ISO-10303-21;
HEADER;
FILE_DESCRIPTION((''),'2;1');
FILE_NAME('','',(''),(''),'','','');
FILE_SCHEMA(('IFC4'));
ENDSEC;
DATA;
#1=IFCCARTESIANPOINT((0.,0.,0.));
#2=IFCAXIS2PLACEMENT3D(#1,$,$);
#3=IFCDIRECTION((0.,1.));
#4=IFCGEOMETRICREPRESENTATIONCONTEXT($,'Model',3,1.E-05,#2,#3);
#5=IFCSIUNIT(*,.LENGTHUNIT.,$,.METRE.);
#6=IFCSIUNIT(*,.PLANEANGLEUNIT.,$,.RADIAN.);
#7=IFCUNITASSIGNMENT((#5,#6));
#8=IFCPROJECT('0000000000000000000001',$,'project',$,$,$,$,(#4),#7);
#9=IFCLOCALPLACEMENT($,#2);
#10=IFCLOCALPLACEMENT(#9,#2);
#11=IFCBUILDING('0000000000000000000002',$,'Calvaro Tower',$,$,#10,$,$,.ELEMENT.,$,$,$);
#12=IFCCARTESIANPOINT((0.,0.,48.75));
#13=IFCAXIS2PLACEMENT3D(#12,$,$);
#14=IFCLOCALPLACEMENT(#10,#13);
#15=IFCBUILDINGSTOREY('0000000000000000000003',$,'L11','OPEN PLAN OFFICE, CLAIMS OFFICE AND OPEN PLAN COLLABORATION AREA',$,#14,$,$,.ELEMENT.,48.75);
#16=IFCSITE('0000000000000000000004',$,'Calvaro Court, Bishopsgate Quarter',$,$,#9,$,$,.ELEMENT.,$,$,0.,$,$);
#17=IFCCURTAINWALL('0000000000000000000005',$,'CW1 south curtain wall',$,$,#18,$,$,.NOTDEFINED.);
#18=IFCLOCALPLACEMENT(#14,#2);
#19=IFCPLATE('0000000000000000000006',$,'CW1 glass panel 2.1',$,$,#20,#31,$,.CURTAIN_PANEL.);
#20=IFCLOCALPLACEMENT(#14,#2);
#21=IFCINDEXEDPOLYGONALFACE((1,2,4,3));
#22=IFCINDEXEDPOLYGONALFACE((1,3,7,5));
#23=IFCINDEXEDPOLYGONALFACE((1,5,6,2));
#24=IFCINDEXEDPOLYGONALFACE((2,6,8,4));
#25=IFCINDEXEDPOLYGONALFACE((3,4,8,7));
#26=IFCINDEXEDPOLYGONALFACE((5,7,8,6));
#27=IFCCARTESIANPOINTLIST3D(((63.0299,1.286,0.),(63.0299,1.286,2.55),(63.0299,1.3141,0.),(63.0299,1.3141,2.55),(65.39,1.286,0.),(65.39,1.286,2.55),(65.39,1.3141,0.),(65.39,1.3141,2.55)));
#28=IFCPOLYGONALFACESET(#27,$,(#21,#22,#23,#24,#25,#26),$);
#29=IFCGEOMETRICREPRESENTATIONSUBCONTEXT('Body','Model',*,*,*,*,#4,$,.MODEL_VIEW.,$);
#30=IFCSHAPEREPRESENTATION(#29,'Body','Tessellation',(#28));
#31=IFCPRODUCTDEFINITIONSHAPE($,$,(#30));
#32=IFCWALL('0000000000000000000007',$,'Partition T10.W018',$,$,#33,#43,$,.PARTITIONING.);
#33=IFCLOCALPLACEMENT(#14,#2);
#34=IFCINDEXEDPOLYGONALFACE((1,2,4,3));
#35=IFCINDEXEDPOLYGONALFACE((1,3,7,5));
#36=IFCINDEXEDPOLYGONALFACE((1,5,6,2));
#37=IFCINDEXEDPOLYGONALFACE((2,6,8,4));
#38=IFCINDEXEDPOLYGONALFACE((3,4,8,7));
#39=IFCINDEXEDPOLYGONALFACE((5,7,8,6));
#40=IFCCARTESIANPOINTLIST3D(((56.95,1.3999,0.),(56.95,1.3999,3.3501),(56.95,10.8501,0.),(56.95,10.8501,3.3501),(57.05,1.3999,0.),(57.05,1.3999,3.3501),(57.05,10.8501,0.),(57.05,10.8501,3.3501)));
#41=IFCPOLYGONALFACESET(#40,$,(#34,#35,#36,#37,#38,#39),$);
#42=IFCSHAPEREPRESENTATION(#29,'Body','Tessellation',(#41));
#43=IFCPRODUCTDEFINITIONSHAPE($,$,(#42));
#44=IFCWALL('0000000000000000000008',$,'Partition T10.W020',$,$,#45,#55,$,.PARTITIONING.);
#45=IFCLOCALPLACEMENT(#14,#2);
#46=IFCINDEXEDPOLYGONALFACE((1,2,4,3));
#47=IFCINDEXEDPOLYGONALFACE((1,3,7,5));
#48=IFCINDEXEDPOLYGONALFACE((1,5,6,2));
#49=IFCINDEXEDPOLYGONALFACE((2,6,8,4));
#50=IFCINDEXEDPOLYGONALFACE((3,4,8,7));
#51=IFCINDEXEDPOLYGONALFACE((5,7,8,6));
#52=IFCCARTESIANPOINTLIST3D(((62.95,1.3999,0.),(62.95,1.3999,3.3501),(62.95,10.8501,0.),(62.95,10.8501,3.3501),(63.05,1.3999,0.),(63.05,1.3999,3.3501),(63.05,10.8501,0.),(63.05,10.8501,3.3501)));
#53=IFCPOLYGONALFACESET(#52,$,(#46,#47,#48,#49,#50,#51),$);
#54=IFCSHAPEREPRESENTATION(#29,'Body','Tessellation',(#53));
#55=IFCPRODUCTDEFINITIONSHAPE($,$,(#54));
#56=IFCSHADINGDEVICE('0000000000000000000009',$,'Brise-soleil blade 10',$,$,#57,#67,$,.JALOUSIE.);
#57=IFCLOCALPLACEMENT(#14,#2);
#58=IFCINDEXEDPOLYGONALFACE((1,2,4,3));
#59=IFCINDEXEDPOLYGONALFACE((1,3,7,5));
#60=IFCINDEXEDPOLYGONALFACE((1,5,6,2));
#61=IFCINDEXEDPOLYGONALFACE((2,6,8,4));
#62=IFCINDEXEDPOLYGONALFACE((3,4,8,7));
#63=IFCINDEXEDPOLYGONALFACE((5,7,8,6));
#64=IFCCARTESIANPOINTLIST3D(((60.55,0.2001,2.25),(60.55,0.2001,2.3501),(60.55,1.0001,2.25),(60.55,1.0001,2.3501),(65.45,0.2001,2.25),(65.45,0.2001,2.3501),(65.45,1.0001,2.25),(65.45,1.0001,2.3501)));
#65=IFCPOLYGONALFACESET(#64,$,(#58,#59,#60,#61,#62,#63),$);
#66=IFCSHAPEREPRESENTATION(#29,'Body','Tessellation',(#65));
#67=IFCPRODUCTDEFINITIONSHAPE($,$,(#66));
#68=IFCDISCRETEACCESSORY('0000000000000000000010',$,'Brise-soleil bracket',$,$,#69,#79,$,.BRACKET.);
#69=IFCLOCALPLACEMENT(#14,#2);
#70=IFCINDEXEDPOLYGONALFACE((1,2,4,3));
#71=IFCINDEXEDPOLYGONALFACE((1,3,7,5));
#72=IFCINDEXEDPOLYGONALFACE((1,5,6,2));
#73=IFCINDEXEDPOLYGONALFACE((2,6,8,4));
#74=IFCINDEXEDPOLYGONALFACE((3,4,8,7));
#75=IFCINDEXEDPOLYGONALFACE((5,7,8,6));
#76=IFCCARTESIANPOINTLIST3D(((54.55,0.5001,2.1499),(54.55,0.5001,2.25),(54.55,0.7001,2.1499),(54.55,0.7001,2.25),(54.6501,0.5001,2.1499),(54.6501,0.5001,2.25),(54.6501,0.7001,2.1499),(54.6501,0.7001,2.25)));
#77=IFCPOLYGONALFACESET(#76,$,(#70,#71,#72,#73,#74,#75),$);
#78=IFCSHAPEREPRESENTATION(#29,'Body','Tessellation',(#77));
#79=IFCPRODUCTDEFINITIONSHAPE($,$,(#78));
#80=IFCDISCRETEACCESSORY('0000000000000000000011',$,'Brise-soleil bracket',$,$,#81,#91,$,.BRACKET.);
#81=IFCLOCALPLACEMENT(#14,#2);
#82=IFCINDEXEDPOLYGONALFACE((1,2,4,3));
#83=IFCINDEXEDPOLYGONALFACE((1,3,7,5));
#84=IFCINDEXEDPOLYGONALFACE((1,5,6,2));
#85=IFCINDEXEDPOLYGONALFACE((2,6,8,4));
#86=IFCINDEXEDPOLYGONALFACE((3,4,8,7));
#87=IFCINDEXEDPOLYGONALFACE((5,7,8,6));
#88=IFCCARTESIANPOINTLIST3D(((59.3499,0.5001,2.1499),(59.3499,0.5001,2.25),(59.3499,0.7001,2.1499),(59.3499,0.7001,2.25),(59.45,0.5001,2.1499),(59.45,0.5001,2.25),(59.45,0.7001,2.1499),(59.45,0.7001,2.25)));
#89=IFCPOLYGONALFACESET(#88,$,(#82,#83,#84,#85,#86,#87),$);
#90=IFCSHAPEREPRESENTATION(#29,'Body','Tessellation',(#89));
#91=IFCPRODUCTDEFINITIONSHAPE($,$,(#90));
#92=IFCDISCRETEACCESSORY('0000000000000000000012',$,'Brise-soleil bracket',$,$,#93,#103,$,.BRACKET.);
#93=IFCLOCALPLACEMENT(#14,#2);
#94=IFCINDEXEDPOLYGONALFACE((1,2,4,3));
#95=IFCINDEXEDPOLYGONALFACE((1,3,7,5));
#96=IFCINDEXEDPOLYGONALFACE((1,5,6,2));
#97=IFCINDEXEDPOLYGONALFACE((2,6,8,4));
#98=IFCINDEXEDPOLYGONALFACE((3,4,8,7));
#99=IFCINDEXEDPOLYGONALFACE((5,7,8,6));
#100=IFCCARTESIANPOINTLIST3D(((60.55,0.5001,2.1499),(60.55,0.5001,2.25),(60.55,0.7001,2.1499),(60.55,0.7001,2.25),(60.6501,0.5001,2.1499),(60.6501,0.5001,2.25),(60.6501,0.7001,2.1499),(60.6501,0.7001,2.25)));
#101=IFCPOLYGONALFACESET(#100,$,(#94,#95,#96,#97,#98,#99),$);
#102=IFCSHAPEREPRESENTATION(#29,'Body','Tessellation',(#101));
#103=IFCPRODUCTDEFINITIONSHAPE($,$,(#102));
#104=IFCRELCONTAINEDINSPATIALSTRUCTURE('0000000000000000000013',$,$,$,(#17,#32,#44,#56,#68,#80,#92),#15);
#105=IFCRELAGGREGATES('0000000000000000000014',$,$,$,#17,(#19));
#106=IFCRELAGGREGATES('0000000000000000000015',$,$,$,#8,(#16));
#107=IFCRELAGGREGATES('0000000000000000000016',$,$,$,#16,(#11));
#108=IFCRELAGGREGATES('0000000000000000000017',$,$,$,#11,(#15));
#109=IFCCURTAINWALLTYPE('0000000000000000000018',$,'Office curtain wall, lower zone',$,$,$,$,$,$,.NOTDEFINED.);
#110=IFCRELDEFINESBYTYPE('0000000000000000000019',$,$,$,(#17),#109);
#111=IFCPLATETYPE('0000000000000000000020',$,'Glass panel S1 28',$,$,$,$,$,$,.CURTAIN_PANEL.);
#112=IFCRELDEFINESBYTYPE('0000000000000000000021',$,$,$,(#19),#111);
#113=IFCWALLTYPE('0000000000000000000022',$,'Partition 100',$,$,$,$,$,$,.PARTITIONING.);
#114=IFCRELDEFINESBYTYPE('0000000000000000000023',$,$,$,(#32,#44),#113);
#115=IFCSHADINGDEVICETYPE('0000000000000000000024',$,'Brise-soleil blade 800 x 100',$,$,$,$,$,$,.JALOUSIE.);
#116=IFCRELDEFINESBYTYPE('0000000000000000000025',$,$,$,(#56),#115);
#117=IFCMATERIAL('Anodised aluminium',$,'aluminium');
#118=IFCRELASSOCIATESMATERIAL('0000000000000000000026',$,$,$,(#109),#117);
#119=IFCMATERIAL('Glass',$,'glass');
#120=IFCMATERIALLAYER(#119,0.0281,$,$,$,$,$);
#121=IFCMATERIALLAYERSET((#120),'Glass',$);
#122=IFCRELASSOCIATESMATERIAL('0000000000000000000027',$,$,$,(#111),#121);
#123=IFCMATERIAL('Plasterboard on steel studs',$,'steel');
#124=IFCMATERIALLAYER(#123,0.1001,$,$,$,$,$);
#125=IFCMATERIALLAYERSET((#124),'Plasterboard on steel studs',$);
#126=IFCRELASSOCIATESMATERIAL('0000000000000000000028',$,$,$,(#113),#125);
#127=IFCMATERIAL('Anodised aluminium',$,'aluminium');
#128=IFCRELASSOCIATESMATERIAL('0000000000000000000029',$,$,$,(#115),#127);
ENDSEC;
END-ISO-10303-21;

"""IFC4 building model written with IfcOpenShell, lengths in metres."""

from ifc_helpers import new_model, si_unit, direction, frame, frame_2d, origin, origin_2d, place, context, subcontext, project, spatial, rectangle, extrude, material, layer, layer_set, material_profile, profile_set, type_object, element, aggregate, save


model = new_model("IFC4")

# Units and contexts
model_context = context("Model", 3, precision=1e-05, world=origin(), true_north=direction((0.0, 1.0)))
body_context = subcontext(model_context, "Body", "Model", "MODEL_VIEW")
ifc_project = project(units=[si_unit("LENGTHUNIT", "METRE"), si_unit("PLANEANGLEUNIT", "RADIAN")], contexts=[model_context])

# Site, building, storey
site_placement = place(None, origin())
site = spatial("IfcSite", under=ifc_project, at=site_placement, Name="Calvaro Court, Bishopsgate Quarter", CompositionType="ELEMENT", RefElevation=0.0)
building_placement = place(site_placement, origin())
building = spatial("IfcBuilding", under=site, at=building_placement, Name="Calvaro Tower", CompositionType="ELEMENT")
storey_placement = place(building_placement, frame((0.0, 0.0, 48.75)))
storey = spatial("IfcBuildingStorey", under=building, at=storey_placement, Name="L11", Description="OPEN PLAN OFFICE, CLAIMS OFFICE AND OPEN PLAN COLLABORATION AREA", CompositionType="ELEMENT", Elevation=48.75)

# Curtain wall
ifc_material_1 = material(Name="Anodised aluminium", Category="aluminium")
curtain_wall_type = type_object("IfcCurtainWallType", Name="Office curtain wall, lower zone", PredefinedType="NOTDEFINED", material=ifc_material_1)
curtain_wall_1_placement = place(storey_placement, origin())
curtain_wall_1 = element("IfcCurtainWall", 1, at=curtain_wall_1_placement, inside=storey, type_object=curtain_wall_type, Name="CW1 south curtain wall", PredefinedType="NOTDEFINED")

# Plate
ifc_material_2 = material(Name="Glass", Category="glass")
ifc_layer_1 = layer(ifc_material_2, 0.0281)
ifc_layer_set_1 = layer_set([ifc_layer_1], Name="Glass")
plate_type = type_object("IfcPlateType", Name="Glass panel S1 28", PredefinedType="CURTAIN_PANEL", material=ifc_layer_set_1)
plate_1_placement = place(storey_placement, frame((64.21, 1.3, 0.0), z_axis=(0.0, 0.0, 1.0), x_axis=(1.0, 0.0, 0.0)))
plate_1 = element("IfcPlate", 2, at=plate_1_placement, type_object=plate_type, Name="CW1 glass panel 2.1", PredefinedType="CURTAIN_PANEL", context=body_context, shape_type="SweptSolid", body=[
    extrude(rectangle(XDim=2.3601, YDim=0.0281, at=origin_2d()), origin(), (0.0, 0.0, 1.0), 2.55),
])
aggregate(curtain_wall_1, [plate_1])

# Walls
ifc_material_3 = material(Name="Plasterboard on steel studs", Category="steel")
ifc_layer_2 = layer(ifc_material_3, 0.1001)
ifc_layer_set_2 = layer_set([ifc_layer_2], Name="Plasterboard on steel studs")
wall_type = type_object("IfcWallType", Name="Partition 100", PredefinedType="PARTITIONING", material=ifc_layer_set_2)
for number, where, z_axis, x_axis, name in (
    (3, (57.0, 1.3999, 0.0), (0.0, 0.0, 1.0), (0.0, 1.0, 0.0), "Partition T10.W018"),
    (4, (63.0, 1.3999, 0.0), (0.0, 0.0, 1.0), (0.0, 1.0, 0.0), "Partition T10.W020"),
):
    element("IfcWall", number, at=place(storey_placement, frame(where, z_axis=z_axis, x_axis=x_axis)), inside=storey, type_object=wall_type, Name=name, PredefinedType="PARTITIONING", context=body_context, shape_type="SweptSolid", body=[
        extrude(rectangle(XDim=9.4502, YDim=0.1001, at=frame_2d((4.7251, 0.0))), origin(), (0.0, 0.0, 1.0), 3.3501),
    ])

# Shading device
ifc_material_4 = material(Name="Anodised aluminium", Category="aluminium")
ifc_material_profile_1 = material_profile(ifc_material_4, rectangle(XDim=0.8, YDim=0.1001, at=origin_2d()), Name="Brise-soleil blade 800 x 100")
ifc_profile_set_1 = profile_set([ifc_material_profile_1], Name="Anodised aluminium")
shading_device_type = type_object("IfcShadingDeviceType", Name="Brise-soleil blade 800 x 100", PredefinedType="JALOUSIE", material=ifc_profile_set_1)
shading_device_placement = place(storey_placement, frame((60.55, 0.6001, 2.3), z_axis=(1.0, 0.0, 0.0), x_axis=(0.0, 1.0, 0.0)))
element("IfcShadingDevice", 5, at=shading_device_placement, inside=storey, type_object=shading_device_type, Name="Brise-soleil blade 10", PredefinedType="JALOUSIE", context=body_context, shape_type="SweptSolid", body=[
    extrude(rectangle(XDim=0.8, YDim=0.1001, at=origin_2d()), origin(), (0.0, 0.0, 1.0), 4.8999),
])

# Discrete accessories
for number, where, z_axis, x_axis, name in (
    (6, (54.6001, 0.6001, 2.1499), (0.0, 0.0, 1.0), (1.0, 0.0, 0.0), "Brise-soleil bracket"),
    (7, (59.3999, 0.6001, 2.1499), (0.0, 0.0, 1.0), (1.0, 0.0, 0.0), "Brise-soleil bracket"),
    (8, (60.6001, 0.6001, 2.1499), (0.0, 0.0, 1.0), (1.0, 0.0, 0.0), "Brise-soleil bracket"),
):
    element("IfcDiscreteAccessory", number, at=place(storey_placement, frame(where, z_axis=z_axis, x_axis=x_axis)), inside=storey, Name=name, PredefinedType="BRACKET", context=body_context, shape_type="SweptSolid", body=[
        extrude(rectangle(XDim=0.1001, YDim=0.2, at=origin_2d()), origin(), (0.0, 0.0, 1.0), 0.1001),
    ])

save(model, "model.ifc")
